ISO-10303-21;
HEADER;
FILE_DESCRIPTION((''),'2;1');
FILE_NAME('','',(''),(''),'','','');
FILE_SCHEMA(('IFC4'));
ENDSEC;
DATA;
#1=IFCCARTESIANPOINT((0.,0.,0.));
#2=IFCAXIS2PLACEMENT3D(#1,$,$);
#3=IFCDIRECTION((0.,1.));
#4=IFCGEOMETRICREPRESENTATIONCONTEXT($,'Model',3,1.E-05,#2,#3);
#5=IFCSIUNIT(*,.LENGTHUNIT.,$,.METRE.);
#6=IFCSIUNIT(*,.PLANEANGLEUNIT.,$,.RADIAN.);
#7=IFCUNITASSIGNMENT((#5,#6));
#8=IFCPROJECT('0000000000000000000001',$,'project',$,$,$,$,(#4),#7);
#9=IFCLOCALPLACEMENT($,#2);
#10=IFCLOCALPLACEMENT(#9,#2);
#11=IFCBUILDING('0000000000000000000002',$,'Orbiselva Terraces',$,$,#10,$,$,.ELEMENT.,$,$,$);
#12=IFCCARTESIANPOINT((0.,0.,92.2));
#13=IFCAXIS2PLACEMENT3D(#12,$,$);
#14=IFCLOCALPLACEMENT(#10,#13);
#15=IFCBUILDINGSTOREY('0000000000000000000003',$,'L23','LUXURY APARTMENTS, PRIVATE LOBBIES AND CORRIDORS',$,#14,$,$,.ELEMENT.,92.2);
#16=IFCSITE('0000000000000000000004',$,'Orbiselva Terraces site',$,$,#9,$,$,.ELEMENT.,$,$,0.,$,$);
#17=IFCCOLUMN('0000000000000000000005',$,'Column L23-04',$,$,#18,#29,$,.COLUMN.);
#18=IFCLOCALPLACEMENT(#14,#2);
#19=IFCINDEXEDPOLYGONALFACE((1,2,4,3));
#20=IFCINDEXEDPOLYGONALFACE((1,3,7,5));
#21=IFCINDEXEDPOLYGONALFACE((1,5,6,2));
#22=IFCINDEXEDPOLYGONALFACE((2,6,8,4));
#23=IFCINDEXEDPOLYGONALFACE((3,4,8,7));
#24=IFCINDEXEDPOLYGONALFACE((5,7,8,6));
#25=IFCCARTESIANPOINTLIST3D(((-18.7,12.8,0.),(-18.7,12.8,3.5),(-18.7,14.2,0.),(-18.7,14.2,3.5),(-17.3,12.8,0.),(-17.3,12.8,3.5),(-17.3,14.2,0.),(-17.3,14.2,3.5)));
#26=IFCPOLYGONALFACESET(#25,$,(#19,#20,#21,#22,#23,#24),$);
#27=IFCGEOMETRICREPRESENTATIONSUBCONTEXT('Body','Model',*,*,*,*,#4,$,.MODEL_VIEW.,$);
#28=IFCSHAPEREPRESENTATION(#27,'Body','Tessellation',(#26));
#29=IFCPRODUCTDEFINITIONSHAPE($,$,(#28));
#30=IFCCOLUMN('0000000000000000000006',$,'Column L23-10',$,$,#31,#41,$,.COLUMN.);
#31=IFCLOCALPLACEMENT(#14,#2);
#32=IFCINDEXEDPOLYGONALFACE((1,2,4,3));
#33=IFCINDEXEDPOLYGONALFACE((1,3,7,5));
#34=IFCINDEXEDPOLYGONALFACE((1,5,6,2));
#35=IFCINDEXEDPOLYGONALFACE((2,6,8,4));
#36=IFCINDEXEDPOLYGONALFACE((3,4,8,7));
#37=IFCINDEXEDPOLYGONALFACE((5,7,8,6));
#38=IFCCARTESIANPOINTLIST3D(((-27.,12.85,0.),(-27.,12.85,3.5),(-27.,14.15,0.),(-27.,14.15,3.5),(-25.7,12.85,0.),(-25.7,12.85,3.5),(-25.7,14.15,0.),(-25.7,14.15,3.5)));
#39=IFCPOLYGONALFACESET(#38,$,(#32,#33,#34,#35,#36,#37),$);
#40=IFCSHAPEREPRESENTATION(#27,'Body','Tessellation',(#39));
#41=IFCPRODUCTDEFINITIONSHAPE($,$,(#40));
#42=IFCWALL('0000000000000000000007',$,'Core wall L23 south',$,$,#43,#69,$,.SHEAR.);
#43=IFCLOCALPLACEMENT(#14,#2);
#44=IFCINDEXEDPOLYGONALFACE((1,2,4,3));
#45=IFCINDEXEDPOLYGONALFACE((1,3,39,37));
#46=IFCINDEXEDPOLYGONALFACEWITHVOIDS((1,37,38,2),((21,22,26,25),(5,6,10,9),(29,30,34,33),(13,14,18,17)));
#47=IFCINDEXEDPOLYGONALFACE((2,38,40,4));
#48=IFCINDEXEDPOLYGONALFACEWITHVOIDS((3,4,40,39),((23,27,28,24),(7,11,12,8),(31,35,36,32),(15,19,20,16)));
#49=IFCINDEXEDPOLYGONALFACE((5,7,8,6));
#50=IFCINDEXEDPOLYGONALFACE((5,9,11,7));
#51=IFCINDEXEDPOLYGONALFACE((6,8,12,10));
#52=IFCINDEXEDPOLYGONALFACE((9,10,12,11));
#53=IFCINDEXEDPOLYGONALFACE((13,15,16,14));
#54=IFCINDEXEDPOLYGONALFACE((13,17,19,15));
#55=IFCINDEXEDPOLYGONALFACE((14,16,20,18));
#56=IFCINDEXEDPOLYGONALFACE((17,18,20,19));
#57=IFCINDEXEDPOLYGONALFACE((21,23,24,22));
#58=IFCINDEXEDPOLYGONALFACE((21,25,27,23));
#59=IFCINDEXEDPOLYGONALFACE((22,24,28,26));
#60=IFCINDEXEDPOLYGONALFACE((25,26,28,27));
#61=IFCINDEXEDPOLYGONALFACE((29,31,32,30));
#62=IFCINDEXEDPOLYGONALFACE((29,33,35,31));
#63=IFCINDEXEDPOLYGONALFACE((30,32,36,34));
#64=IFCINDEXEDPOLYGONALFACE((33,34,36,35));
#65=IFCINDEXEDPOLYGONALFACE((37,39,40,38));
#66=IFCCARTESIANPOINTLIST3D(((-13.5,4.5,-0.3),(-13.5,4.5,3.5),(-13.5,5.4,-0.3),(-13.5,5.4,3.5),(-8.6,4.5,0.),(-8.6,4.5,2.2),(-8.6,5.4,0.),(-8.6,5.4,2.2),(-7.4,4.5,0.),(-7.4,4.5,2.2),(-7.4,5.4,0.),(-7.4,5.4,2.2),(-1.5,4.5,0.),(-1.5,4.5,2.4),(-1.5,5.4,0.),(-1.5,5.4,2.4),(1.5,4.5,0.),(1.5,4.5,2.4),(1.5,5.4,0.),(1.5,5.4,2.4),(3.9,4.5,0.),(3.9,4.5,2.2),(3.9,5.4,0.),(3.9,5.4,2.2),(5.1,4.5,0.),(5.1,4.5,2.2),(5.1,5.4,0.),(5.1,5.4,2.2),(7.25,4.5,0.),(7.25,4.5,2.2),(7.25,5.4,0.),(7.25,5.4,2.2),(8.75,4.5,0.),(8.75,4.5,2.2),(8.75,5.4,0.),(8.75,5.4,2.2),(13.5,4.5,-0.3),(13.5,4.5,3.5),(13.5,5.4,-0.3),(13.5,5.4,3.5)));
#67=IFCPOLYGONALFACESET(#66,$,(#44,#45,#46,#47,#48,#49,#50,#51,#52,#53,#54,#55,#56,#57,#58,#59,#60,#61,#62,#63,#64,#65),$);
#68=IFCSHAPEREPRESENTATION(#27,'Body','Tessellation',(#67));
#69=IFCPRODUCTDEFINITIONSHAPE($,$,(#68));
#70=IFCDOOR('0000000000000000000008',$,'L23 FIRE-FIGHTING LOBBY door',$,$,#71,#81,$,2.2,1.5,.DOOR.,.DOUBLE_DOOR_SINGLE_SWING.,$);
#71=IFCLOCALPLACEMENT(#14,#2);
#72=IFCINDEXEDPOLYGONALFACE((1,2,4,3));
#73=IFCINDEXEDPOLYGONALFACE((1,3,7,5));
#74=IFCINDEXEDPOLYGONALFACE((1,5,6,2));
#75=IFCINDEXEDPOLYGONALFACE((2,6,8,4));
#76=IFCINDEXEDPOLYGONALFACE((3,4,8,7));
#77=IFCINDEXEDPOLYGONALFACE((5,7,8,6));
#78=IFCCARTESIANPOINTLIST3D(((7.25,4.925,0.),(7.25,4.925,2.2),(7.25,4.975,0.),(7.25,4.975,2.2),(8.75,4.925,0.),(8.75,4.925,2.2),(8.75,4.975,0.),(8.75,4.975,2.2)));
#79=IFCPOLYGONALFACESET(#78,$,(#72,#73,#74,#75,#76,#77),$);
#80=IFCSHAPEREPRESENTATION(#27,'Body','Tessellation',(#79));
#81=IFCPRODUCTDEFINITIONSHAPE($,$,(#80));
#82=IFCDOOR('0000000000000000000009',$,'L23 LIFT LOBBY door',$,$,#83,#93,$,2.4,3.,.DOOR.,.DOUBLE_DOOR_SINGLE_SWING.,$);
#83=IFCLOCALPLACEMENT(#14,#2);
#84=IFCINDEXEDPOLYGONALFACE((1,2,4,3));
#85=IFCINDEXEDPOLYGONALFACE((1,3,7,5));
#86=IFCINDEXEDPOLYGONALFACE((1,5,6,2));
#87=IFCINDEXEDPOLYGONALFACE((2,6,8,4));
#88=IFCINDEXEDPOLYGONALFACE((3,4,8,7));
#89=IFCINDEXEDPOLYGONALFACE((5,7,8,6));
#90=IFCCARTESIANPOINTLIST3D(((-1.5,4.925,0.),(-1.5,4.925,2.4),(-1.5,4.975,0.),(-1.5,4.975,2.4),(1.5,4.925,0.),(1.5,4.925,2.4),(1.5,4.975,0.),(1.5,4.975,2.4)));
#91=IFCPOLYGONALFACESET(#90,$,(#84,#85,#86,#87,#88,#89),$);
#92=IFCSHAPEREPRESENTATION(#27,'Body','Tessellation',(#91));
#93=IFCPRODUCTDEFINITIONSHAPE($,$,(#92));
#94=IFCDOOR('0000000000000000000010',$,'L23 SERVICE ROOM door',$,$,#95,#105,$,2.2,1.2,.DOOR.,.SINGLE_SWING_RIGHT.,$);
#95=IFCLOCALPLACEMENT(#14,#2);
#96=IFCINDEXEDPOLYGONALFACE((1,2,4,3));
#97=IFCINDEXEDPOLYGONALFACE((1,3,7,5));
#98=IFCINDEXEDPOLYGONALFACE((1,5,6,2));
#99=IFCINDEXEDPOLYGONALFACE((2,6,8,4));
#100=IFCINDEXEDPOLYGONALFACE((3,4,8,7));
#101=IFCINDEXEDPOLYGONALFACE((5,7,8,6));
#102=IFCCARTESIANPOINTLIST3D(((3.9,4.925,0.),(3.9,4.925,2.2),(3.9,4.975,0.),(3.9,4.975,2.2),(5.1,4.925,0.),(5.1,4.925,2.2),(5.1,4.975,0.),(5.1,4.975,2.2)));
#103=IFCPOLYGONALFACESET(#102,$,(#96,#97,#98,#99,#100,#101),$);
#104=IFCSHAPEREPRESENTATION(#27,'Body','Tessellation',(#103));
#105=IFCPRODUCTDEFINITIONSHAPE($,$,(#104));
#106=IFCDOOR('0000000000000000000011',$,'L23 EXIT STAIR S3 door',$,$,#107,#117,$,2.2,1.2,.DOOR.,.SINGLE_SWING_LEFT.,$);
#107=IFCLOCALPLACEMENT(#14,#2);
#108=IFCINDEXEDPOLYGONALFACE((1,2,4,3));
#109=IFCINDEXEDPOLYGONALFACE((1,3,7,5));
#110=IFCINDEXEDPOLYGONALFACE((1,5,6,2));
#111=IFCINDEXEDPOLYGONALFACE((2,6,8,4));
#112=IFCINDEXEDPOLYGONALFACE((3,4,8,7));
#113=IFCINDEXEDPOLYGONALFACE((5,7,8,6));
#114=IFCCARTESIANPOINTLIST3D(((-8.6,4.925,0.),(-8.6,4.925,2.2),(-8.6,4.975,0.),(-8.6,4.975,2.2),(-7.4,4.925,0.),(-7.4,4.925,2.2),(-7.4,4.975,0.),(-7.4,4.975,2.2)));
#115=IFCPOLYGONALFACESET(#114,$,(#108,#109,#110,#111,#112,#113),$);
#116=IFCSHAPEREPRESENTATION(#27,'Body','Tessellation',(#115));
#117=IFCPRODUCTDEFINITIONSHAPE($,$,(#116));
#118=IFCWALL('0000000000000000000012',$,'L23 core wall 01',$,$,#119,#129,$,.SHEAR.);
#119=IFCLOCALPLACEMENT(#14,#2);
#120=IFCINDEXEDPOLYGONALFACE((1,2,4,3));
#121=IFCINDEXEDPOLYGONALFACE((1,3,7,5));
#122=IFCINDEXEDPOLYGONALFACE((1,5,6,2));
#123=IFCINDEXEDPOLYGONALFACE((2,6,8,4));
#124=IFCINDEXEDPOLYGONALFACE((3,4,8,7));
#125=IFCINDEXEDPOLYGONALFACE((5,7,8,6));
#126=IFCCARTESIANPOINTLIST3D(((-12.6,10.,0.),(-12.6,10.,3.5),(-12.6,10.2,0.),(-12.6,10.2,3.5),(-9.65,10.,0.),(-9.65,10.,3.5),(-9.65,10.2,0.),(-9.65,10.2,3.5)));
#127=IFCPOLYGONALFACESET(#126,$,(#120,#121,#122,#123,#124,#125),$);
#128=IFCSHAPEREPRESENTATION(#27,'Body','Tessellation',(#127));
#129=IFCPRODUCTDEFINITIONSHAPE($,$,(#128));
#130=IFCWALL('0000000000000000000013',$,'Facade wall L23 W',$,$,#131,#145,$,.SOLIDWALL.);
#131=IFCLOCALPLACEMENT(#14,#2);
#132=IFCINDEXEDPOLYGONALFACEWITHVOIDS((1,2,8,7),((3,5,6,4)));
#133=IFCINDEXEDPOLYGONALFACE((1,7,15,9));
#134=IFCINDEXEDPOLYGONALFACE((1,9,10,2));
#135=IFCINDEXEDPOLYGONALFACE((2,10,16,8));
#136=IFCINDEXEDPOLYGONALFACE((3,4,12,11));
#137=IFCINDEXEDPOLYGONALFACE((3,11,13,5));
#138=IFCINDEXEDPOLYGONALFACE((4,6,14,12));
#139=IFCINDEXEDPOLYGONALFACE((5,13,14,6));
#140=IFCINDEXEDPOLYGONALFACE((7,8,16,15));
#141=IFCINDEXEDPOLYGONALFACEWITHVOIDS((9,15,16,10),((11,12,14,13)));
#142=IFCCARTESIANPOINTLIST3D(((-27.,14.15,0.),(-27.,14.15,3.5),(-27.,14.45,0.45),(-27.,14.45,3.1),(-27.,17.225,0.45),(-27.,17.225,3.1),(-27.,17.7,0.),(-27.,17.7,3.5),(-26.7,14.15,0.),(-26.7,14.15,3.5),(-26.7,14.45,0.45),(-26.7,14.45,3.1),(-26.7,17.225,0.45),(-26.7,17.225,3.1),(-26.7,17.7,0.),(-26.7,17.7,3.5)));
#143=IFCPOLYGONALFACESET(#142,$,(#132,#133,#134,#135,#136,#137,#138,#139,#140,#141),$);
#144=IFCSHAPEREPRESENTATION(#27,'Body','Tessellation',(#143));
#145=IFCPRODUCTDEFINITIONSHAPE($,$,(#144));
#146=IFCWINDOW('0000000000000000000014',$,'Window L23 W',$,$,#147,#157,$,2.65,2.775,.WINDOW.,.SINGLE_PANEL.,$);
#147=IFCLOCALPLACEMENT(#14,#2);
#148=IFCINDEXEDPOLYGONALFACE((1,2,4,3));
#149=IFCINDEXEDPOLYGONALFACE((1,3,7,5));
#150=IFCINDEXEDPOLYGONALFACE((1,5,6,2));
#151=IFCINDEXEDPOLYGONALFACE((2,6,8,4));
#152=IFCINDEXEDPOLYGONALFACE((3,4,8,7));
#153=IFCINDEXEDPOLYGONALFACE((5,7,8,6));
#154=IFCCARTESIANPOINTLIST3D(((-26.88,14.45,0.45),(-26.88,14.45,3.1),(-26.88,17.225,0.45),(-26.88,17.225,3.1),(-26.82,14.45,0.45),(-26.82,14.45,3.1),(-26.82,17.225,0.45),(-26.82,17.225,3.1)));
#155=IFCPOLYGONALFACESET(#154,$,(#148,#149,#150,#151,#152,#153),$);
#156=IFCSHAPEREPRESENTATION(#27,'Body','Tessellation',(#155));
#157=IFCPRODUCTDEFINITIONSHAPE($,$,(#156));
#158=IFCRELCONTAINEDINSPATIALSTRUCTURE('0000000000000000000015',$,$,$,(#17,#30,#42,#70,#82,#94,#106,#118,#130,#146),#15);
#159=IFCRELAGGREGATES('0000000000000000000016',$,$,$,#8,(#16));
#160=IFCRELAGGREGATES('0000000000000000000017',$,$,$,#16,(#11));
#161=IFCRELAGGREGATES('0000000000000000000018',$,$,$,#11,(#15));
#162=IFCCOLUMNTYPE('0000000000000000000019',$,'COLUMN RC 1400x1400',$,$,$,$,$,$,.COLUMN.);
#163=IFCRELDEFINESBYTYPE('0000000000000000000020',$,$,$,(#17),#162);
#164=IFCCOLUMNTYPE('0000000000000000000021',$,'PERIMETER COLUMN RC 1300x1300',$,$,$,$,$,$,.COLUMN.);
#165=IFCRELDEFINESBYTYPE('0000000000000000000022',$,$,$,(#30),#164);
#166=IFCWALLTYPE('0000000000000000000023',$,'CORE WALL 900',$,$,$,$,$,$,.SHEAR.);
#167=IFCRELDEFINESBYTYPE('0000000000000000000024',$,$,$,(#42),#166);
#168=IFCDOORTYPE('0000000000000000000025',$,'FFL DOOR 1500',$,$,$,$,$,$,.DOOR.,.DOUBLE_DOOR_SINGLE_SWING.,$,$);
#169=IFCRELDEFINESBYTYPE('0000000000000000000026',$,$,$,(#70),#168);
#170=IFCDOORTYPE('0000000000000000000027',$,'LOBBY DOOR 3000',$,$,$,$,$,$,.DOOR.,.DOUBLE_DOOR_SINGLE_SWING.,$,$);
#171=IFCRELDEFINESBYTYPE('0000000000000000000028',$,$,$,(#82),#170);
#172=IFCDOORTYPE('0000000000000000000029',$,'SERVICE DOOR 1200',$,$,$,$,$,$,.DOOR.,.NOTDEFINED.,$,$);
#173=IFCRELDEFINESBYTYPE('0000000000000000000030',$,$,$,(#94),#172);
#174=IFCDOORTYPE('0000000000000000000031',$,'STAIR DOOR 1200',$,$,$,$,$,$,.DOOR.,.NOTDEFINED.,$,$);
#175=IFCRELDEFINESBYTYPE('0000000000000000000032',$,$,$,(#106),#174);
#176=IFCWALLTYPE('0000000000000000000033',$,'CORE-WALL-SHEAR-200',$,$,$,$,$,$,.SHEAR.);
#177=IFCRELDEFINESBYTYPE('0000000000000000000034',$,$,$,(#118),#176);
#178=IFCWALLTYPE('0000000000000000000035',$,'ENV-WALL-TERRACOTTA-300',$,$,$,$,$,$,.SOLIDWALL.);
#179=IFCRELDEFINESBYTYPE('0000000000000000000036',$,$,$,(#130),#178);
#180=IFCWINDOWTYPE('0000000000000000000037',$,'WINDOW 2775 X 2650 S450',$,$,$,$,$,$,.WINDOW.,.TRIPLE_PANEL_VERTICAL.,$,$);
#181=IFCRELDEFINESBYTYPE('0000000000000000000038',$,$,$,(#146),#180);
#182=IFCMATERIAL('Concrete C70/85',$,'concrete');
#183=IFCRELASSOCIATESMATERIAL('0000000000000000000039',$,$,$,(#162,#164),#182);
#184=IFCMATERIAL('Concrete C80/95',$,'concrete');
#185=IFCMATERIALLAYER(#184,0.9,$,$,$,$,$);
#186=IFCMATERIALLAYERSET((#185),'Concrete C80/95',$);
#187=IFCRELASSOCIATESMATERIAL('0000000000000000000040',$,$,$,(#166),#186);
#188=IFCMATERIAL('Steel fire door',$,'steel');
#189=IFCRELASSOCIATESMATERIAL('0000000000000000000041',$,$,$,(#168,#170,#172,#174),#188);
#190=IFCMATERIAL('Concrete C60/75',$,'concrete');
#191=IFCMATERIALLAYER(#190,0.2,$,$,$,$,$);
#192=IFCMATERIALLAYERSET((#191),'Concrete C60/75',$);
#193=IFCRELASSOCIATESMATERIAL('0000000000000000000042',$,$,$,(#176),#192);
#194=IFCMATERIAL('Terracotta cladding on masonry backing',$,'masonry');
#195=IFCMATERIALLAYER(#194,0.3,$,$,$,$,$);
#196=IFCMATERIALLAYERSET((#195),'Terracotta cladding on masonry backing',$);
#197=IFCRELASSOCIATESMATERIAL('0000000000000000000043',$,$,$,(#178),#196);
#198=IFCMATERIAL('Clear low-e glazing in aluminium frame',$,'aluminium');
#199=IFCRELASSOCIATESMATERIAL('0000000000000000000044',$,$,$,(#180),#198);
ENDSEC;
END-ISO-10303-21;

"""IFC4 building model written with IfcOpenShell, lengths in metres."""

from ifc_helpers import new_model, si_unit, direction, frame, frame_2d, origin, origin_2d, place, context, subcontext, project, spatial, rectangle, extrude, material, layer, layer_set, material_profile, profile_set, type_object, element, fill, save


model = new_model("IFC4")

# Units and contexts
model_context = context("Model", 3, precision=1e-05, world=origin(), true_north=direction((0.0, 1.0)))
body_context = subcontext(model_context, "Body", "Model", "MODEL_VIEW")
ifc_project = project(units=[si_unit("LENGTHUNIT", "METRE"), si_unit("PLANEANGLEUNIT", "RADIAN")], contexts=[model_context])

# Site, building, storey
site_placement = place(None, origin())
site = spatial("IfcSite", under=ifc_project, at=site_placement, Name="Orbiselva Terraces site", CompositionType="ELEMENT", RefElevation=0.0)
building_placement = place(site_placement, origin())
building = spatial("IfcBuilding", under=site, at=building_placement, Name="Orbiselva Terraces", CompositionType="ELEMENT")
storey_placement = place(building_placement, frame((0.0, 0.0, 92.2)))
storey = spatial("IfcBuildingStorey", under=building, at=storey_placement, Name="L23", Description="LUXURY APARTMENTS, PRIVATE LOBBIES AND CORRIDORS", CompositionType="ELEMENT", Elevation=92.2)

# Columns
ifc_material_1 = material(Name="Concrete C70/85", Category="concrete")
ifc_material_profile_1 = material_profile(ifc_material_1, rectangle(XDim=1.4, YDim=1.4, at=origin_2d()), Name="RC 1400x1400")
ifc_profile_set_1 = profile_set([ifc_material_profile_1], Name="Concrete C70/85")
column_type_1 = type_object("IfcColumnType", Name="COLUMN RC 1400x1400", PredefinedType="COLUMN", material=ifc_profile_set_1)
column_1_placement = place(storey_placement, frame((-18.0, 13.5, 0.0), z_axis=(0.0, 0.0, 1.0), x_axis=(1.0, 0.0, 0.0)))
element("IfcColumn", 1, at=column_1_placement, inside=storey, type_object=column_type_1, Name="Column L23-04", PredefinedType="COLUMN", context=body_context, shape_type="SweptSolid", body=[
    extrude(rectangle(XDim=1.4, YDim=1.4, at=origin_2d()), origin(), (0.0, 0.0, 1.0), 3.5),
])
ifc_material_profile_2 = material_profile(ifc_material_1, rectangle(XDim=1.3, YDim=1.3, at=origin_2d()), Name="RC 1300x1300")
ifc_profile_set_2 = profile_set([ifc_material_profile_2], Name="Concrete C70/85")
column_type_2 = type_object("IfcColumnType", Name="PERIMETER COLUMN RC 1300x1300", PredefinedType="COLUMN", material=ifc_profile_set_2)
column_2_placement = place(storey_placement, frame((-26.35, 13.5, 0.0), z_axis=(0.0, 0.0, 1.0), x_axis=(1.0, 0.0, 0.0)))
element("IfcColumn", 2, at=column_2_placement, inside=storey, type_object=column_type_2, Name="Column L23-10", PredefinedType="COLUMN", context=body_context, shape_type="SweptSolid", body=[
    extrude(rectangle(XDim=1.3, YDim=1.3, at=origin_2d()), origin(), (0.0, 0.0, 1.0), 3.5),
])

# Wall, openings, doors
ifc_material_2 = material(Name="Concrete C80/95", Category="concrete")
ifc_layer_1 = layer(ifc_material_2, 0.9)
ifc_layer_set_1 = layer_set([ifc_layer_1], Name="Concrete C80/95")
wall_type_1 = type_object("IfcWallType", Name="CORE WALL 900", PredefinedType="SHEAR", material=ifc_layer_set_1)
wall_1_placement = place(storey_placement, frame((-13.5, 4.95, -0.3), z_axis=(0.0, 0.0, 1.0), x_axis=(1.0, 0.0, 0.0)))
wall_1 = element("IfcWall", 3, at=wall_1_placement, inside=storey, type_object=wall_type_1, Name="Core wall L23 south", PredefinedType="SHEAR", context=body_context, shape_type="SweptSolid", body=[
    extrude(rectangle(XDim=27.0, YDim=0.9, at=frame_2d((13.5, 0.0))), origin(), (0.0, 0.0, 1.0), 3.8),
])
opening_1_placement = place(wall_1_placement, frame((12.0, 0.0, 0.3)))
opening_1 = element("IfcOpeningElement", 4, at=opening_1_placement, cuts=wall_1, PredefinedType="OPENING", context=body_context, shape_type="SweptSolid", body=[
    extrude(rectangle(XDim=3.0, YDim=2.4, at=frame_2d((1.5, 1.2))), frame((0.0, 0.46, 0.0), z_axis=(0.0, -1.0, 0.0), x_axis=(1.0, 0.0, 0.0)), (0.0, 0.0, 1.0), 0.92),
])
opening_2_placement = place(wall_1_placement, frame((4.9, 0.0, 0.3)))
opening_2 = element("IfcOpeningElement", 5, at=opening_2_placement, cuts=wall_1, PredefinedType="OPENING", context=body_context, shape_type="SweptSolid", body=[
    extrude(rectangle(XDim=1.2, YDim=2.2, at=frame_2d((0.6, 1.1))), frame((0.0, 0.46, 0.0), z_axis=(0.0, -1.0, 0.0), x_axis=(1.0, 0.0, 0.0)), (0.0, 0.0, 1.0), 0.92),
])
opening_3_placement = place(wall_1_placement, frame((20.75, 0.0, 0.3)))
opening_3 = element("IfcOpeningElement", 6, at=opening_3_placement, cuts=wall_1, PredefinedType="OPENING", context=body_context, shape_type="SweptSolid", body=[
    extrude(rectangle(XDim=1.5, YDim=2.2, at=frame_2d((0.75, 1.1))), frame((0.0, 0.46, 0.0), z_axis=(0.0, -1.0, 0.0), x_axis=(1.0, 0.0, 0.0)), (0.0, 0.0, 1.0), 0.92),
])
opening_4_placement = place(wall_1_placement, frame((17.4, 0.0, 0.3)))
opening_4 = element("IfcOpeningElement", 7, at=opening_4_placement, cuts=wall_1, PredefinedType="OPENING", context=body_context, shape_type="SweptSolid", body=[
    extrude(rectangle(XDim=1.2, YDim=2.2, at=frame_2d((0.6, 1.1))), frame((0.0, 0.46, 0.0), z_axis=(0.0, -1.0, 0.0), x_axis=(1.0, 0.0, 0.0)), (0.0, 0.0, 1.0), 0.92),
])
ifc_material_3 = material(Name="Steel fire door", Category="steel")
door_type_1 = type_object("IfcDoorType", Name="FFL DOOR 1500", OperationType="DOUBLE_DOOR_SINGLE_SWING", PredefinedType="DOOR", material=ifc_material_3)
door_1_placement = place(opening_3_placement, frame((1.5, 0.0, 0.0), z_axis=(0.0, 0.0, 1.0), x_axis=(-1.0, 0.0, 0.0)))
door_1 = element("IfcDoor", 8, at=door_1_placement, inside=storey, type_object=door_type_1, Name="L23 FIRE-FIGHTING LOBBY door", OperationType="DOUBLE_DOOR_SINGLE_SWING", OverallHeight=2.2, OverallWidth=1.5, PredefinedType="DOOR", context=body_context, shape_type="SweptSolid", body=[
    extrude(rectangle(XDim=1.5, YDim=2.2, at=frame_2d((0.75, 1.1))), frame((0.0, 0.025, 0.0), z_axis=(0.0, -1.0, 0.0), x_axis=(1.0, 0.0, 0.0)), (0.0, 0.0, 1.0), 0.05),
])
fill(opening_3, door_1)
door_type_2 = type_object("IfcDoorType", Name="LOBBY DOOR 3000", OperationType="DOUBLE_DOOR_SINGLE_SWING", PredefinedType="DOOR", material=ifc_material_3)
door_2_placement = place(opening_1_placement, frame((3.0, 0.0, 0.0), z_axis=(0.0, 0.0, 1.0), x_axis=(-1.0, 0.0, 0.0)))
door_2 = element("IfcDoor", 9, at=door_2_placement, inside=storey, type_object=door_type_2, Name="L23 LIFT LOBBY door", OperationType="DOUBLE_DOOR_SINGLE_SWING", OverallHeight=2.4, OverallWidth=3.0, PredefinedType="DOOR", context=body_context, shape_type="SweptSolid", body=[
    extrude(rectangle(XDim=3.0, YDim=2.4, at=frame_2d((1.5, 1.2))), frame((0.0, 0.025, 0.0), z_axis=(0.0, -1.0, 0.0), x_axis=(1.0, 0.0, 0.0)), (0.0, 0.0, 1.0), 0.05),
])
fill(opening_1, door_2)
door_type_3 = type_object("IfcDoorType", Name="SERVICE DOOR 1200", OperationType="NOTDEFINED", PredefinedType="DOOR", material=ifc_material_3)
door_3_placement = place(opening_4_placement, frame((1.2, 0.0, 0.0), z_axis=(0.0, 0.0, 1.0), x_axis=(-1.0, 0.0, 0.0)))
door_3 = element("IfcDoor", 10, at=door_3_placement, inside=storey, type_object=door_type_3, Name="L23 SERVICE ROOM door", OperationType="SINGLE_SWING_RIGHT", OverallHeight=2.2, OverallWidth=1.2, PredefinedType="DOOR", context=body_context, shape_type="SweptSolid", body=[
    extrude(rectangle(XDim=1.2, YDim=2.2, at=frame_2d((0.6, 1.1))), frame((0.0, 0.025, 0.0), z_axis=(0.0, -1.0, 0.0), x_axis=(1.0, 0.0, 0.0)), (0.0, 0.0, 1.0), 0.05),
])
fill(opening_4, door_3)
door_type_4 = type_object("IfcDoorType", Name="STAIR DOOR 1200", OperationType="NOTDEFINED", PredefinedType="DOOR", material=ifc_material_3)
door_4_placement = place(opening_2_placement, frame((1.2, 0.0, 0.0), z_axis=(0.0, 0.0, 1.0), x_axis=(-1.0, 0.0, 0.0)))
door_4 = element("IfcDoor", 11, at=door_4_placement, inside=storey, type_object=door_type_4, Name="L23 EXIT STAIR S3 door", OperationType="SINGLE_SWING_LEFT", OverallHeight=2.2, OverallWidth=1.2, PredefinedType="DOOR", context=body_context, shape_type="SweptSolid", body=[
    extrude(rectangle(XDim=1.2, YDim=2.2, at=frame_2d((0.6, 1.1))), frame((0.0, 0.025, 0.0), z_axis=(0.0, -1.0, 0.0), x_axis=(1.0, 0.0, 0.0)), (0.0, 0.0, 1.0), 0.05),
])
fill(opening_2, door_4)

# Wall
ifc_material_4 = material(Name="Concrete C60/75", Category="concrete")
ifc_layer_2 = layer(ifc_material_4, 0.2)
ifc_layer_set_2 = layer_set([ifc_layer_2], Name="Concrete C60/75")
wall_type_2 = type_object("IfcWallType", Name="CORE-WALL-SHEAR-200", PredefinedType="SHEAR", material=ifc_layer_set_2)
wall_2_placement = place(storey_placement, frame((-12.6, 10.1, 0.0), z_axis=(0.0, 0.0, 1.0), x_axis=(1.0, 0.0, 0.0)))
element("IfcWall", 12, at=wall_2_placement, inside=storey, type_object=wall_type_2, Name="L23 core wall 01", PredefinedType="SHEAR", context=body_context, shape_type="SweptSolid", body=[
    extrude(rectangle(XDim=2.95, YDim=0.2, at=frame_2d((1.475, 0.0))), origin(), (0.0, 0.0, 1.0), 3.5),
])

# Wall, opening, window
ifc_material_5 = material(Name="Terracotta cladding on masonry backing", Category="masonry")
ifc_layer_3 = layer(ifc_material_5, 0.3)
ifc_layer_set_3 = layer_set([ifc_layer_3], Name="Terracotta cladding on masonry backing")
wall_type_3 = type_object("IfcWallType", Name="ENV-WALL-TERRACOTTA-300", PredefinedType="SOLIDWALL", material=ifc_layer_set_3)
wall_3_placement = place(storey_placement, frame((-26.85, 14.15, 0.0), z_axis=(0.0, 0.0, 1.0), x_axis=(0.0, 1.0, 0.0)))
wall_3 = element("IfcWall", 13, at=wall_3_placement, inside=storey, type_object=wall_type_3, Name="Facade wall L23 W", PredefinedType="SOLIDWALL", context=body_context, shape_type="SweptSolid", body=[
    extrude(rectangle(XDim=3.55, YDim=0.3, at=frame_2d((1.775, 0.0))), origin(), (0.0, 0.0, 1.0), 3.5),
])
opening_5_placement = place(wall_3_placement, frame((0.3, 0.0, 0.45)))
opening_5 = element("IfcOpeningElement", 14, at=opening_5_placement, cuts=wall_3, PredefinedType="OPENING", context=body_context, shape_type="SweptSolid", body=[
    extrude(rectangle(XDim=2.775, YDim=2.65, at=frame_2d((1.3875, 1.325))), frame((0.0, 0.16, 0.0), z_axis=(0.0, -1.0, 0.0), x_axis=(1.0, 0.0, 0.0)), (0.0, 0.0, 1.0), 0.32),
])
ifc_material_6 = material(Name="Clear low-e glazing in aluminium frame", Category="aluminium")
window_type = type_object("IfcWindowType", Name="WINDOW 2775 X 2650 S450", PartitioningType="TRIPLE_PANEL_VERTICAL", PredefinedType="WINDOW", material=ifc_material_6)
window_1_placement = place(opening_5_placement, origin())
window_1 = element("IfcWindow", 15, at=window_1_placement, inside=storey, type_object=window_type, Name="Window L23 W", OverallHeight=2.65, OverallWidth=2.775, PartitioningType="SINGLE_PANEL", PredefinedType="WINDOW", context=body_context, shape_type="SweptSolid", body=[
    extrude(rectangle(XDim=2.775, YDim=2.65, at=frame_2d((1.3875, 1.325))), frame((0.0, 0.03, 0.0), z_axis=(0.0, -1.0, 0.0), x_axis=(1.0, 0.0, 0.0)), (0.0, 0.0, 1.0), 0.06),
])
fill(opening_5, window_1)

save(model, "model.ifc")
